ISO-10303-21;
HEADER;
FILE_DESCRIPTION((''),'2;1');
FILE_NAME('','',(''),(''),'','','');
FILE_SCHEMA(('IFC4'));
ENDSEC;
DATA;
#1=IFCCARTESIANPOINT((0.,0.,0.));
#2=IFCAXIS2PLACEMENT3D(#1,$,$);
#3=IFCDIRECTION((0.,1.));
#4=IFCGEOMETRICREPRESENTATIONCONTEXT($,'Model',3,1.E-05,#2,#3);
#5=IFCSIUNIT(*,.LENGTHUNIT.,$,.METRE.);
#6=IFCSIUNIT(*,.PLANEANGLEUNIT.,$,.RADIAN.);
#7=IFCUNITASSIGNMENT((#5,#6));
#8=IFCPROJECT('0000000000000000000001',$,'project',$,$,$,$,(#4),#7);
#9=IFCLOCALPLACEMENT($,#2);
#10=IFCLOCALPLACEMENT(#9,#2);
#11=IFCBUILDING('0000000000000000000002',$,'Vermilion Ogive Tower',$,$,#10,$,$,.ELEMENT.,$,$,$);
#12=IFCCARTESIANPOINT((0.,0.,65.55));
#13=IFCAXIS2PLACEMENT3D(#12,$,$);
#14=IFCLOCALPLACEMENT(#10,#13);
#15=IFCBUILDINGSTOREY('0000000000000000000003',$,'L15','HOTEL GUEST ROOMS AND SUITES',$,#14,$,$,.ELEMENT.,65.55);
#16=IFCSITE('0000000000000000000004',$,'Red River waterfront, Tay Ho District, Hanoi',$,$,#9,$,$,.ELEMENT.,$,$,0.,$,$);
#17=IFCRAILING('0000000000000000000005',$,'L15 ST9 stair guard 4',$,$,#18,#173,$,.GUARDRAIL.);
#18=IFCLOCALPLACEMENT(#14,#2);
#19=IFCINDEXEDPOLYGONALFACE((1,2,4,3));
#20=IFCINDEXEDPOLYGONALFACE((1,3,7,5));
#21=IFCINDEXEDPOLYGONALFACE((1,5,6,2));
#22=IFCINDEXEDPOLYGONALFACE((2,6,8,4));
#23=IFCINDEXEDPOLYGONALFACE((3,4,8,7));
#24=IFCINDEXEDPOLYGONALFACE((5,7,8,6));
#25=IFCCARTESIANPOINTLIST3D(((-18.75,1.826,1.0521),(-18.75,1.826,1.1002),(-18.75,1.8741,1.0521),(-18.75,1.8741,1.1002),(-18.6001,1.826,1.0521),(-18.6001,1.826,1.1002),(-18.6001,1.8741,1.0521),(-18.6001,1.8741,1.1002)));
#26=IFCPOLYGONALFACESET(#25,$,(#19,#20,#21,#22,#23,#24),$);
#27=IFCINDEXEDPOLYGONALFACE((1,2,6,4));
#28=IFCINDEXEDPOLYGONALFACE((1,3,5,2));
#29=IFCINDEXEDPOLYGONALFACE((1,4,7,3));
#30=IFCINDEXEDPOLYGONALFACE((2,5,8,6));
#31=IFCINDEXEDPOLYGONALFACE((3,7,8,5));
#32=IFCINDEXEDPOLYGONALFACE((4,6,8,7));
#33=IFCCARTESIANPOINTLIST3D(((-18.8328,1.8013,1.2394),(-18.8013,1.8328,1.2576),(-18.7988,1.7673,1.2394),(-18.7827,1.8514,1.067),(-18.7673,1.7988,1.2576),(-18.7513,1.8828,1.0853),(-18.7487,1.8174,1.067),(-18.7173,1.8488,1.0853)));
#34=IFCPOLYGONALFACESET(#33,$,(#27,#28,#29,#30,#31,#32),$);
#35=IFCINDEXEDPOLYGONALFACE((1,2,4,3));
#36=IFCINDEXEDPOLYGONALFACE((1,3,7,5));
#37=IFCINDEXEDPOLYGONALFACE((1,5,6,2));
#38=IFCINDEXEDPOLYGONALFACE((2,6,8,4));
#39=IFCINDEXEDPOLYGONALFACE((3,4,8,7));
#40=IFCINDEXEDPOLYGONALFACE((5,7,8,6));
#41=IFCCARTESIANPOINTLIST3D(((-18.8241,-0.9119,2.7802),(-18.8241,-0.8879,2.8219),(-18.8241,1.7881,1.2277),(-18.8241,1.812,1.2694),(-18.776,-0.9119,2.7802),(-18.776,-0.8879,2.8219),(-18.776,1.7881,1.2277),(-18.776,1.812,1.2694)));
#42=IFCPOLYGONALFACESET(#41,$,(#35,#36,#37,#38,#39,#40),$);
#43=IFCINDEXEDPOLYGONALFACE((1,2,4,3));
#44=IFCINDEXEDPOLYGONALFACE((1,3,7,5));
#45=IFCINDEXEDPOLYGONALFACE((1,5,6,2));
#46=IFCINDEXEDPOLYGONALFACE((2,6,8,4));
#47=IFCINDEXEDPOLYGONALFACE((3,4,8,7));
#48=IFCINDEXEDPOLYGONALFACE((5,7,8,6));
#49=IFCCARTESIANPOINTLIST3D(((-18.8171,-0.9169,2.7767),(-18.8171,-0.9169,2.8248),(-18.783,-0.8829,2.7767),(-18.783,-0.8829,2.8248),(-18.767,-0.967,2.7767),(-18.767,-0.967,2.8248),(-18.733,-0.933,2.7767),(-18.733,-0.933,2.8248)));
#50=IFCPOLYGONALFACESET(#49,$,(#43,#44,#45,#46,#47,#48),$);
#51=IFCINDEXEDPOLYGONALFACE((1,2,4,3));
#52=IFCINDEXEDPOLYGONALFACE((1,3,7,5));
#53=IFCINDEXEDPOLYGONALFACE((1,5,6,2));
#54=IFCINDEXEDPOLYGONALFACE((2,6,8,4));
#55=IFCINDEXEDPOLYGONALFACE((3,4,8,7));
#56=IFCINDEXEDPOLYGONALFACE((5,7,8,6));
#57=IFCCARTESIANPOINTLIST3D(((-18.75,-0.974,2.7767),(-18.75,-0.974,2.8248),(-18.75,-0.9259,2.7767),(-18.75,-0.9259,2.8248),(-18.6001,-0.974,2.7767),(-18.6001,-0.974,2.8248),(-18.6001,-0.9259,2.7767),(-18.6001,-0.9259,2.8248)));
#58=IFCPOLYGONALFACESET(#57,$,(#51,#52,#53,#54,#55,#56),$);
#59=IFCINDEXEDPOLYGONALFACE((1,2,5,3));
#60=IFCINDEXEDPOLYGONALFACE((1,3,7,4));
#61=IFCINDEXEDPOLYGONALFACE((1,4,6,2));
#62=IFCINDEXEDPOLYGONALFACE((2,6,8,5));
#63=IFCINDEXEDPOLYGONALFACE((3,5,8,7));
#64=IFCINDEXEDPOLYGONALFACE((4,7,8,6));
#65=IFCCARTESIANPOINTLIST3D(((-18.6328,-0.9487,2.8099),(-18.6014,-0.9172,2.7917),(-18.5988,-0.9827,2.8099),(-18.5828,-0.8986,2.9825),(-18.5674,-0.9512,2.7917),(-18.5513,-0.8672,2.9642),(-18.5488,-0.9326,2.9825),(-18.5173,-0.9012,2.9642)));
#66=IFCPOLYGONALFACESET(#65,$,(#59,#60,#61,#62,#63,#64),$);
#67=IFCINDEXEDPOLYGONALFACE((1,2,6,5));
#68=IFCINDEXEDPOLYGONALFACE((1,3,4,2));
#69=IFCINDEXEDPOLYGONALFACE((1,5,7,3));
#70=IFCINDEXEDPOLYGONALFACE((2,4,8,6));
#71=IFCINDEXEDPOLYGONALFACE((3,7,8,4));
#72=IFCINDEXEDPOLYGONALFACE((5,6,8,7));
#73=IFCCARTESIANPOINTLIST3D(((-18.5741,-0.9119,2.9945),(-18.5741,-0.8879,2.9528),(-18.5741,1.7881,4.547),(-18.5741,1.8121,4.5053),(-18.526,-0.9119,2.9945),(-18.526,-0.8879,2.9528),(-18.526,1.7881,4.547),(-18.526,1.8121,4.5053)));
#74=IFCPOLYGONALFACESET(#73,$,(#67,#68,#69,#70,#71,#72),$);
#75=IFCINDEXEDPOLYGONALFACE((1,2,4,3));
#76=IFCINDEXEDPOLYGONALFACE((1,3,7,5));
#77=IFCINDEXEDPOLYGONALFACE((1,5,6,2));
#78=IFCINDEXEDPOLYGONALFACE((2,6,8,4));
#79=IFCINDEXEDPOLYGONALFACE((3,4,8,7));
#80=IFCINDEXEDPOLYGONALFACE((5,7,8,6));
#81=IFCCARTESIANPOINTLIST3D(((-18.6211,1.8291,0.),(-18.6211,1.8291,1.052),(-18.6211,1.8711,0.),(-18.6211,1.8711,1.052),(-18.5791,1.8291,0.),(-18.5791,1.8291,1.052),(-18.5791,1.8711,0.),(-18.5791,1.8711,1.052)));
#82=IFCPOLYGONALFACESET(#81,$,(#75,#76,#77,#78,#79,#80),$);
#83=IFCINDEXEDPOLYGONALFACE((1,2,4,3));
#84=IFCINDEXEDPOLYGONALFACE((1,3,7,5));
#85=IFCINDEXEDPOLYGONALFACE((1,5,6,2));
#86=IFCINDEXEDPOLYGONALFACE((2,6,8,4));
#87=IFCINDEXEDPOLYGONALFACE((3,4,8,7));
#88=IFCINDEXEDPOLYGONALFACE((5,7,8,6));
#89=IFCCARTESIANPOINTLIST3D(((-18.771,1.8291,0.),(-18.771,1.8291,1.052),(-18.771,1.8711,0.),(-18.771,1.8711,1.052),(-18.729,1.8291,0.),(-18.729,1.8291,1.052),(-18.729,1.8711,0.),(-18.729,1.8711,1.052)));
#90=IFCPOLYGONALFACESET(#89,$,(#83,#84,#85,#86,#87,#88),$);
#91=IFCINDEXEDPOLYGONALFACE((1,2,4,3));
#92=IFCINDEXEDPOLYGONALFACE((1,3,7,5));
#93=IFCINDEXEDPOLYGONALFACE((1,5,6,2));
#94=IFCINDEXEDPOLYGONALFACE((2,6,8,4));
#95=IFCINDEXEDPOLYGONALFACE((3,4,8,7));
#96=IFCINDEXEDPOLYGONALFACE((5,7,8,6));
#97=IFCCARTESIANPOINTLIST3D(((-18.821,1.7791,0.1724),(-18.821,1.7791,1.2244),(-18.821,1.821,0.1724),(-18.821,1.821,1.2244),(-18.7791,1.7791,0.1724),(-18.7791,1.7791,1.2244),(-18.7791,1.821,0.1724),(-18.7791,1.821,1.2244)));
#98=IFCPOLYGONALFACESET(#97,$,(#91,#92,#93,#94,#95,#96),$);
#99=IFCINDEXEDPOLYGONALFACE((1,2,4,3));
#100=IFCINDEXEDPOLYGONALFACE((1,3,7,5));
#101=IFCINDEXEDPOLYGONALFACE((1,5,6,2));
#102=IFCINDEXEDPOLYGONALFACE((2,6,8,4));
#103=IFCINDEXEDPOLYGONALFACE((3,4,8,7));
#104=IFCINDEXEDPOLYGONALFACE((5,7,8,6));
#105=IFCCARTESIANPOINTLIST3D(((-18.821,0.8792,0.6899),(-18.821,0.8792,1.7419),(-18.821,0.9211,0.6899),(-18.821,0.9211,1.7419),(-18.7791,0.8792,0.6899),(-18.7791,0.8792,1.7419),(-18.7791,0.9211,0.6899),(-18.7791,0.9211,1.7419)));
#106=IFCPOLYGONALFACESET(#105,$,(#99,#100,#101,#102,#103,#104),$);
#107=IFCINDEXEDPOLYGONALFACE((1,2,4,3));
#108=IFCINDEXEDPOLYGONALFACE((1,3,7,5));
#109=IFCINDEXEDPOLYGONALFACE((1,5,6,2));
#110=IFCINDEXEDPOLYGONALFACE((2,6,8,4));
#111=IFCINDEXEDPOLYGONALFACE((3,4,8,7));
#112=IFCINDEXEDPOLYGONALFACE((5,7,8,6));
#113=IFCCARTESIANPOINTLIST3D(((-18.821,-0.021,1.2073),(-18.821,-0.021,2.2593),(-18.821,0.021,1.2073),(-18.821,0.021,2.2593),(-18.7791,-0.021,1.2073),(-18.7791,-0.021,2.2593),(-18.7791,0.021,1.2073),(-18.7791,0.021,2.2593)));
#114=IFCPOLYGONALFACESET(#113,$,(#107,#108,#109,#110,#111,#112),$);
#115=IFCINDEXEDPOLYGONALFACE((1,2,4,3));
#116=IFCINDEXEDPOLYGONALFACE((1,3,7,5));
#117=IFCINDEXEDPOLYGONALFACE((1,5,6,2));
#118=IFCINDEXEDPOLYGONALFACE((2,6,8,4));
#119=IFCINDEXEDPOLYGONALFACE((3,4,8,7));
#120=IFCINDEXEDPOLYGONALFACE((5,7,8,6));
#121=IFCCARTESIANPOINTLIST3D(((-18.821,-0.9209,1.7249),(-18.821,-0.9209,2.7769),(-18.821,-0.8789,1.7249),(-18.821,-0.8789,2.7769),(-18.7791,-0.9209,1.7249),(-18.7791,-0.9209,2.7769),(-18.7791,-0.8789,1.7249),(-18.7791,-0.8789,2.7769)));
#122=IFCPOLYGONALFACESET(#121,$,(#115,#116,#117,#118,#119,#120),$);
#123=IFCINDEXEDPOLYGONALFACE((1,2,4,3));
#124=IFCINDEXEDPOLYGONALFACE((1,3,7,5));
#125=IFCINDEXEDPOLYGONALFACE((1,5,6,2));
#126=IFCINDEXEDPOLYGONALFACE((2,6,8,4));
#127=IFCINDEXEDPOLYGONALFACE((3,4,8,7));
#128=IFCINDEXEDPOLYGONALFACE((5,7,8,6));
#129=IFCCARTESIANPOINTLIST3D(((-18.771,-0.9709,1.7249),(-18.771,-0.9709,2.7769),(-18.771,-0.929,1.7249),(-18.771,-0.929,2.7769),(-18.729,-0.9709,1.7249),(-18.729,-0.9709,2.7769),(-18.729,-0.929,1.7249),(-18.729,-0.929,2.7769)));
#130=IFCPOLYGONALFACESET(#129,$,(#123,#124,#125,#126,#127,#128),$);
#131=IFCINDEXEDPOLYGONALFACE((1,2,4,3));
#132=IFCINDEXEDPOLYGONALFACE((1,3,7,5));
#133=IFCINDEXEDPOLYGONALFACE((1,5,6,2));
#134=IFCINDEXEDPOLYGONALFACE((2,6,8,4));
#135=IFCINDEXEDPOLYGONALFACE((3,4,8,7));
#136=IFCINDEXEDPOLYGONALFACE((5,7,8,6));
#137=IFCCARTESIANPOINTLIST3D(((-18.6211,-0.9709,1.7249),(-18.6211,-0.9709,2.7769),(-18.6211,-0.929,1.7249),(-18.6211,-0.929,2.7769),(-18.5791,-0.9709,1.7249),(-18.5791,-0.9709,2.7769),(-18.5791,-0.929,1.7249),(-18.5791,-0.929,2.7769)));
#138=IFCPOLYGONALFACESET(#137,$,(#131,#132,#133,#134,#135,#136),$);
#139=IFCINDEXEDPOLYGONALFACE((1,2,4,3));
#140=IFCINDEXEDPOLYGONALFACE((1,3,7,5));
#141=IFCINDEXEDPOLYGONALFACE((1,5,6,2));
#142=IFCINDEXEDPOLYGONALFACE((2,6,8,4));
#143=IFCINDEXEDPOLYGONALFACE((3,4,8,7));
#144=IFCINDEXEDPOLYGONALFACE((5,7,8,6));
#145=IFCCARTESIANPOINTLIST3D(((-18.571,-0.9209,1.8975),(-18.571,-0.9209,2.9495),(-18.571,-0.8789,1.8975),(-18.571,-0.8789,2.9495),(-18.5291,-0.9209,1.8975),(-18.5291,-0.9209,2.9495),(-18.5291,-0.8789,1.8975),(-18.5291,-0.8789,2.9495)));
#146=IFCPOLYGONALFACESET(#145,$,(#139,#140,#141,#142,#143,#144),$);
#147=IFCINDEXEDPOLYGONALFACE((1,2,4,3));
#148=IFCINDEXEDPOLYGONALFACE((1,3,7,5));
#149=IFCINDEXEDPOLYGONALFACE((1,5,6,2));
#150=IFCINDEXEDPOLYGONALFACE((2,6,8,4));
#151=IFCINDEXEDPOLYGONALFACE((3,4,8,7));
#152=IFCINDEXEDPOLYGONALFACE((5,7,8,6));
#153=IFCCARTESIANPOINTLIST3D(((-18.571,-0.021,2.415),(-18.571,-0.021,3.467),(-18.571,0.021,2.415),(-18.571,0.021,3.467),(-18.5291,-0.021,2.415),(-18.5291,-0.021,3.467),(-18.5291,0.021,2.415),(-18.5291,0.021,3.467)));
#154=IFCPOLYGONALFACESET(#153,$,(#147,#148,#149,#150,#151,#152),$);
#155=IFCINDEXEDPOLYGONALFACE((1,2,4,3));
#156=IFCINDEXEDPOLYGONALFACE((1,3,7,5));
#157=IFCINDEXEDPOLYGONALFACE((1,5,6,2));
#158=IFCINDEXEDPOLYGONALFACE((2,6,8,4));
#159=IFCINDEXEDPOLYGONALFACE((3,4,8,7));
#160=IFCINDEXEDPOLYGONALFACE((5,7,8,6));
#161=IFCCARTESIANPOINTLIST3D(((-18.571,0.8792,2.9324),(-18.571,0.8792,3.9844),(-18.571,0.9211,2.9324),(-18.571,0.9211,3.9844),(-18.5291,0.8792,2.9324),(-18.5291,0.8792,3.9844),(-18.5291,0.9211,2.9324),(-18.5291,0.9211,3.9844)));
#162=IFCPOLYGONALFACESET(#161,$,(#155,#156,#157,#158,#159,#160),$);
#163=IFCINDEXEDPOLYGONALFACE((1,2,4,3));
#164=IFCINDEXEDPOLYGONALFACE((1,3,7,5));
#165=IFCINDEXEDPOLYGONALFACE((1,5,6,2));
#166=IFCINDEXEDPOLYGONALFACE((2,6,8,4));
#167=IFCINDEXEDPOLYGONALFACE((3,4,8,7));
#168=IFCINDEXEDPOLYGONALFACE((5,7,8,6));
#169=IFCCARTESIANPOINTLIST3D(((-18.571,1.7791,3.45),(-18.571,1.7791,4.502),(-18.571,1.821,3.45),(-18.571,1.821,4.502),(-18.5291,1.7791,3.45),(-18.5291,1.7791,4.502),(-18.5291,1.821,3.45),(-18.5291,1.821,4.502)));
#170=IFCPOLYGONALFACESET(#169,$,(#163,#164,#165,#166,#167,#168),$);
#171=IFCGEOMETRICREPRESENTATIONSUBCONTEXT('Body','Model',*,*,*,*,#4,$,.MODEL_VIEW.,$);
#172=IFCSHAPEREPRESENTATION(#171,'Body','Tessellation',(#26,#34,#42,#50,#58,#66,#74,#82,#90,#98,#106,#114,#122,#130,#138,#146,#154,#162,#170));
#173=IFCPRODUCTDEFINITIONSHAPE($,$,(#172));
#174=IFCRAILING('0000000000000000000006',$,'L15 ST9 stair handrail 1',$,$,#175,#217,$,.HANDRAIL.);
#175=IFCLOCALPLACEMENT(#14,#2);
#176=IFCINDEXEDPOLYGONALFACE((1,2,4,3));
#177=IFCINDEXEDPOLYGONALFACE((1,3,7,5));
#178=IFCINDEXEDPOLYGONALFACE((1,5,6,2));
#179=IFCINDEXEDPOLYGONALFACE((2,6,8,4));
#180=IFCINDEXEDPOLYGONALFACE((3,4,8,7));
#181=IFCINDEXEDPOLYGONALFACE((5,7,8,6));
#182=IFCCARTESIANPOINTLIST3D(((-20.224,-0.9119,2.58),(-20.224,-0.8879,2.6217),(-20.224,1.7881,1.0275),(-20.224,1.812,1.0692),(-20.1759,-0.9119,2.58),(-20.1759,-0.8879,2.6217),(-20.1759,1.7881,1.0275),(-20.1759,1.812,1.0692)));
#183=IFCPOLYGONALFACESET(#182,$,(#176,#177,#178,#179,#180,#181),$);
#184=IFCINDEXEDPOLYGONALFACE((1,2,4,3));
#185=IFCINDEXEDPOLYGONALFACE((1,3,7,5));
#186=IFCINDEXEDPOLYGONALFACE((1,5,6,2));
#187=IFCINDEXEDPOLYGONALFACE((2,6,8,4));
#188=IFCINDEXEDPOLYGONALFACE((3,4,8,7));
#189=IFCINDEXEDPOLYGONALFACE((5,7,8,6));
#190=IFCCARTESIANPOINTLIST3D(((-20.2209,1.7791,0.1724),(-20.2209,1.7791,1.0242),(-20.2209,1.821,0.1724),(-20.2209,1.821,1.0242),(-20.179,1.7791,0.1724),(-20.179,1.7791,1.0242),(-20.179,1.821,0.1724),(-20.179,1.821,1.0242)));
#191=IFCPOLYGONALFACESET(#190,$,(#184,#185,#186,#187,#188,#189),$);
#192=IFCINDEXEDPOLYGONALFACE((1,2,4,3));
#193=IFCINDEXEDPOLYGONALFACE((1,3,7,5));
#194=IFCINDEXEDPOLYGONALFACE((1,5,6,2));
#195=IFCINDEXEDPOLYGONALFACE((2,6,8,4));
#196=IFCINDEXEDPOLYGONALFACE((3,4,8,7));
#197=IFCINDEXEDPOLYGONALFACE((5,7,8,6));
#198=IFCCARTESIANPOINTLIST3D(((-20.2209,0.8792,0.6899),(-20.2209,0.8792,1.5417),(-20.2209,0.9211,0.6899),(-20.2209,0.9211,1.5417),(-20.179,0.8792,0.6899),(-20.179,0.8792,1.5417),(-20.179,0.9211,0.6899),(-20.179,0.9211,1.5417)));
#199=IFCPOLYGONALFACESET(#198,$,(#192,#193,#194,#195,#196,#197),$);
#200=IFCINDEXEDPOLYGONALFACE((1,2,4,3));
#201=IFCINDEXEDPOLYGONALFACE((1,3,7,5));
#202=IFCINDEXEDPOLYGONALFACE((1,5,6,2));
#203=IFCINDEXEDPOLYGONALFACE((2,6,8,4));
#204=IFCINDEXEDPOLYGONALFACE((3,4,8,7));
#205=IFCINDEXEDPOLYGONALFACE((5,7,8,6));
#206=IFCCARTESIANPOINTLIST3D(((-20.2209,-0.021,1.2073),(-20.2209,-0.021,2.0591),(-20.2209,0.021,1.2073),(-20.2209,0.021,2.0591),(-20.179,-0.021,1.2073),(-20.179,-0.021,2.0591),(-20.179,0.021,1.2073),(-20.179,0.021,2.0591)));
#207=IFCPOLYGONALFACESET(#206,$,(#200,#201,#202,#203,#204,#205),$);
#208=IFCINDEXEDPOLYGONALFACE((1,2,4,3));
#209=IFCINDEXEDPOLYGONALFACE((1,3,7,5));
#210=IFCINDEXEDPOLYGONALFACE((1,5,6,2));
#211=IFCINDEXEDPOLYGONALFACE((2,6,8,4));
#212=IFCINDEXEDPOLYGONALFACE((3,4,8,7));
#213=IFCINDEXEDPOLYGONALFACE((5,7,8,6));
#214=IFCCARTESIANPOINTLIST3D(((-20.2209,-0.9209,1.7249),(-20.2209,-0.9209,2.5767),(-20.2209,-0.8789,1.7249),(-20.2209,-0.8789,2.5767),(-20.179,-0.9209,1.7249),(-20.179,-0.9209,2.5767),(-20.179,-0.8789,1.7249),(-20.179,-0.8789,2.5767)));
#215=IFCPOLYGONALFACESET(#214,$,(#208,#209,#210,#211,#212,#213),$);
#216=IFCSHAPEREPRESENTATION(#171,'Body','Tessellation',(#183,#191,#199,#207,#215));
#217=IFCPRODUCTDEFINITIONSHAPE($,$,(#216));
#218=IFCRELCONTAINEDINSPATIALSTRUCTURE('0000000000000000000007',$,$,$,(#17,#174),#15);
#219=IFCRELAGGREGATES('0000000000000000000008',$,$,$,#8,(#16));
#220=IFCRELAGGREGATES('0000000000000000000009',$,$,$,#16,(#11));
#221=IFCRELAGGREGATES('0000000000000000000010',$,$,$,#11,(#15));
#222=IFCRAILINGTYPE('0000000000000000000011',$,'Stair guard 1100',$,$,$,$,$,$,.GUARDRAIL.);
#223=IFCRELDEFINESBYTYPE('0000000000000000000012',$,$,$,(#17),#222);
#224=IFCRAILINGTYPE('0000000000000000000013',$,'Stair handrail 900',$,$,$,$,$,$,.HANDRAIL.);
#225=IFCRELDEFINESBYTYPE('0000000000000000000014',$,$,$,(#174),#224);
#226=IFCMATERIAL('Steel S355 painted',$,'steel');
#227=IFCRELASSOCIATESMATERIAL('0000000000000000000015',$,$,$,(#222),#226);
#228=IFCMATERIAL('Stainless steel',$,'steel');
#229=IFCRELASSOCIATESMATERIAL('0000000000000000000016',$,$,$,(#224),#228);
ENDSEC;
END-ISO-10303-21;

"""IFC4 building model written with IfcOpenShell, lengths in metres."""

from ifc_helpers import new_model, si_unit, direction, frame, origin, origin_2d, place, context, subcontext, project, spatial, rectangle, extrude, material, type_object, element, save


model = new_model("IFC4")

# Units and contexts
model_context = context("Model", 3, precision=1e-05, world=origin(), true_north=direction((0.0, 1.0)))
body_context = subcontext(model_context, "Body", "Model", "MODEL_VIEW")
ifc_project = project(units=[si_unit("LENGTHUNIT", "METRE"), si_unit("PLANEANGLEUNIT", "RADIAN")], contexts=[model_context])

# Site, building, storey
site_placement = place(None, origin())
site = spatial("IfcSite", under=ifc_project, at=site_placement, Name="Red River waterfront, Tay Ho District, Hanoi", CompositionType="ELEMENT", RefElevation=0.0)
building_placement = place(site_placement, origin())
building = spatial("IfcBuilding", under=site, at=building_placement, Name="Vermilion Ogive Tower", CompositionType="ELEMENT")
storey_placement = place(building_placement, frame((0.0, 0.0, 65.55)))
storey = spatial("IfcBuildingStorey", under=building, at=storey_placement, Name="L15", Description="HOTEL GUEST ROOMS AND SUITES", CompositionType="ELEMENT", Elevation=65.55)

# Railings
ifc_material_1 = material(Name="Steel S355 painted", Category="steel")
railing_type_1 = type_object("IfcRailingType", Name="Stair guard 1100", PredefinedType="GUARDRAIL", material=ifc_material_1)
railing_1_placement = place(storey_placement, frame((-18.6001, 1.8501, 0.0)))
element("IfcRailing", 1, at=railing_1_placement, inside=storey, type_object=railing_type_1, Name="L15 ST9 stair guard 4", PredefinedType="GUARDRAIL", context=body_context, shape_type="SweptSolid", body=[
    extrude(rectangle(XDim=0.0481, YDim=0.0481, at=origin_2d()), frame((0.0, 0.0, 1.0762), z_axis=(-1.0, 0.0, 0.0), x_axis=(0.0, -1.0, 0.0)), (0.0, 0.0, 1.0), 0.1499),
    extrude(rectangle(XDim=0.0481, YDim=0.0481, at=origin_2d()), frame((-0.1499, 0.0, 1.0762), z_axis=(-0.268603, -0.268603, 0.925043), x_axis=(0.707107, -0.707107, 0.0)), (0.0, 0.0, 1.0), 0.1863),
    extrude(rectangle(XDim=0.0481, YDim=0.0481, at=origin_2d()), frame((-0.2, -0.05, 1.2485), z_axis=(0.0, -0.866904, 0.498476), x_axis=(1.0, 0.0, 0.0)), (0.0, 0.0, 1.0), 3.1145),
    extrude(rectangle(XDim=0.0481, YDim=0.0481, at=origin_2d()), frame((-0.2, -2.75, 2.8008), z_axis=(0.707107, -0.707107, 0.0), x_axis=(0.707107, 0.707107, 0.0)), (0.0, 0.0, 1.0), 0.0708),
    extrude(rectangle(XDim=0.0481, YDim=0.0481, at=origin_2d()), frame((-0.1499, -2.8, 2.8008), z_axis=(1.0, 0.0, 0.0), x_axis=(0.0, 1.0, 0.0)), (0.0, 0.0, 1.0), 0.1499),
    extrude(rectangle(XDim=0.0481, YDim=0.0481, at=origin_2d()), frame((0.0, -2.8, 2.8008), z_axis=(0.268278, 0.268278, 0.925232), x_axis=(-0.707107, 0.707107, 0.0)), (0.0, 0.0, 1.0), 0.1865),
    extrude(rectangle(XDim=0.0481, YDim=0.0481, at=origin_2d()), frame((0.05, -2.75, 2.9736), z_axis=(0.0, 0.866904, 0.498476), x_axis=(-1.0, 0.0, 0.0)), (0.0, 0.0, 1.0), 3.1145),
    extrude(rectangle(XDim=0.042, YDim=0.042, at=origin_2d()), origin(), (0.0, 0.0, 1.0), 1.052),
    extrude(rectangle(XDim=0.042, YDim=0.042, at=origin_2d()), frame((-0.1499, 0.0, 0.0)), (0.0, 0.0, 1.0), 1.052),
    extrude(rectangle(XDim=0.042, YDim=0.042, at=origin_2d()), frame((-0.2, -0.05, 0.1724)), (0.0, 0.0, 1.0), 1.052),
    extrude(rectangle(XDim=0.042, YDim=0.042, at=origin_2d()), frame((-0.2, -0.95, 0.6899)), (0.0, 0.0, 1.0), 1.052),
    extrude(rectangle(XDim=0.042, YDim=0.042, at=origin_2d()), frame((-0.2, -1.8501, 1.2073)), (0.0, 0.0, 1.0), 1.052),
    extrude(rectangle(XDim=0.042, YDim=0.042, at=origin_2d()), frame((-0.2, -2.75, 1.7249)), (0.0, 0.0, 1.0), 1.052),
    extrude(rectangle(XDim=0.042, YDim=0.042, at=origin_2d()), frame((-0.1499, -2.8, 1.7249)), (0.0, 0.0, 1.0), 1.052),
    extrude(rectangle(XDim=0.042, YDim=0.042, at=origin_2d()), frame((0.0, -2.8, 1.7249)), (0.0, 0.0, 1.0), 1.052),
    extrude(rectangle(XDim=0.042, YDim=0.042, at=origin_2d()), frame((0.05, -2.75, 1.8975)), (0.0, 0.0, 1.0), 1.052),
    extrude(rectangle(XDim=0.042, YDim=0.042, at=origin_2d()), frame((0.05, -1.8501, 2.415)), (0.0, 0.0, 1.0), 1.052),
    extrude(rectangle(XDim=0.042, YDim=0.042, at=origin_2d()), frame((0.05, -0.95, 2.9324)), (0.0, 0.0, 1.0), 1.052),
    extrude(rectangle(XDim=0.042, YDim=0.042, at=origin_2d()), frame((0.05, -0.05, 3.45)), (0.0, 0.0, 1.0), 1.052),
])
ifc_material_2 = material(Name="Stainless steel", Category="steel")
railing_type_2 = type_object("IfcRailingType", Name="Stair handrail 900", PredefinedType="HANDRAIL", material=ifc_material_2)
railing_2_placement = place(storey_placement, frame((-20.2, 1.8, 0.1724)))
element("IfcRailing", 2, at=railing_2_placement, inside=storey, type_object=railing_type_2, Name="L15 ST9 stair handrail 1", PredefinedType="HANDRAIL", context=body_context, shape_type="SweptSolid", body=[
    extrude(rectangle(XDim=0.0481, YDim=0.0481, at=origin_2d()), frame((0.0, 0.0, 0.876), z_axis=(0.0, -0.866904, 0.498476), x_axis=(1.0, 0.0, 0.0)), (0.0, 0.0, 1.0), 3.1145),
    extrude(rectangle(XDim=0.042, YDim=0.042, at=origin_2d()), origin(), (0.0, 0.0, 1.0), 0.8518),
    extrude(rectangle(XDim=0.042, YDim=0.042, at=origin_2d()), frame((0.0, -0.8999, 0.5176)), (0.0, 0.0, 1.0), 0.8518),
    extrude(rectangle(XDim=0.042, YDim=0.042, at=origin_2d()), frame((0.0, -1.8, 1.0349)), (0.0, 0.0, 1.0), 0.8518),
    extrude(rectangle(XDim=0.042, YDim=0.042, at=origin_2d()), frame((0.0, -2.7, 1.5525)), (0.0, 0.0, 1.0), 0.8518),
])

save(model, "model.ifc")
